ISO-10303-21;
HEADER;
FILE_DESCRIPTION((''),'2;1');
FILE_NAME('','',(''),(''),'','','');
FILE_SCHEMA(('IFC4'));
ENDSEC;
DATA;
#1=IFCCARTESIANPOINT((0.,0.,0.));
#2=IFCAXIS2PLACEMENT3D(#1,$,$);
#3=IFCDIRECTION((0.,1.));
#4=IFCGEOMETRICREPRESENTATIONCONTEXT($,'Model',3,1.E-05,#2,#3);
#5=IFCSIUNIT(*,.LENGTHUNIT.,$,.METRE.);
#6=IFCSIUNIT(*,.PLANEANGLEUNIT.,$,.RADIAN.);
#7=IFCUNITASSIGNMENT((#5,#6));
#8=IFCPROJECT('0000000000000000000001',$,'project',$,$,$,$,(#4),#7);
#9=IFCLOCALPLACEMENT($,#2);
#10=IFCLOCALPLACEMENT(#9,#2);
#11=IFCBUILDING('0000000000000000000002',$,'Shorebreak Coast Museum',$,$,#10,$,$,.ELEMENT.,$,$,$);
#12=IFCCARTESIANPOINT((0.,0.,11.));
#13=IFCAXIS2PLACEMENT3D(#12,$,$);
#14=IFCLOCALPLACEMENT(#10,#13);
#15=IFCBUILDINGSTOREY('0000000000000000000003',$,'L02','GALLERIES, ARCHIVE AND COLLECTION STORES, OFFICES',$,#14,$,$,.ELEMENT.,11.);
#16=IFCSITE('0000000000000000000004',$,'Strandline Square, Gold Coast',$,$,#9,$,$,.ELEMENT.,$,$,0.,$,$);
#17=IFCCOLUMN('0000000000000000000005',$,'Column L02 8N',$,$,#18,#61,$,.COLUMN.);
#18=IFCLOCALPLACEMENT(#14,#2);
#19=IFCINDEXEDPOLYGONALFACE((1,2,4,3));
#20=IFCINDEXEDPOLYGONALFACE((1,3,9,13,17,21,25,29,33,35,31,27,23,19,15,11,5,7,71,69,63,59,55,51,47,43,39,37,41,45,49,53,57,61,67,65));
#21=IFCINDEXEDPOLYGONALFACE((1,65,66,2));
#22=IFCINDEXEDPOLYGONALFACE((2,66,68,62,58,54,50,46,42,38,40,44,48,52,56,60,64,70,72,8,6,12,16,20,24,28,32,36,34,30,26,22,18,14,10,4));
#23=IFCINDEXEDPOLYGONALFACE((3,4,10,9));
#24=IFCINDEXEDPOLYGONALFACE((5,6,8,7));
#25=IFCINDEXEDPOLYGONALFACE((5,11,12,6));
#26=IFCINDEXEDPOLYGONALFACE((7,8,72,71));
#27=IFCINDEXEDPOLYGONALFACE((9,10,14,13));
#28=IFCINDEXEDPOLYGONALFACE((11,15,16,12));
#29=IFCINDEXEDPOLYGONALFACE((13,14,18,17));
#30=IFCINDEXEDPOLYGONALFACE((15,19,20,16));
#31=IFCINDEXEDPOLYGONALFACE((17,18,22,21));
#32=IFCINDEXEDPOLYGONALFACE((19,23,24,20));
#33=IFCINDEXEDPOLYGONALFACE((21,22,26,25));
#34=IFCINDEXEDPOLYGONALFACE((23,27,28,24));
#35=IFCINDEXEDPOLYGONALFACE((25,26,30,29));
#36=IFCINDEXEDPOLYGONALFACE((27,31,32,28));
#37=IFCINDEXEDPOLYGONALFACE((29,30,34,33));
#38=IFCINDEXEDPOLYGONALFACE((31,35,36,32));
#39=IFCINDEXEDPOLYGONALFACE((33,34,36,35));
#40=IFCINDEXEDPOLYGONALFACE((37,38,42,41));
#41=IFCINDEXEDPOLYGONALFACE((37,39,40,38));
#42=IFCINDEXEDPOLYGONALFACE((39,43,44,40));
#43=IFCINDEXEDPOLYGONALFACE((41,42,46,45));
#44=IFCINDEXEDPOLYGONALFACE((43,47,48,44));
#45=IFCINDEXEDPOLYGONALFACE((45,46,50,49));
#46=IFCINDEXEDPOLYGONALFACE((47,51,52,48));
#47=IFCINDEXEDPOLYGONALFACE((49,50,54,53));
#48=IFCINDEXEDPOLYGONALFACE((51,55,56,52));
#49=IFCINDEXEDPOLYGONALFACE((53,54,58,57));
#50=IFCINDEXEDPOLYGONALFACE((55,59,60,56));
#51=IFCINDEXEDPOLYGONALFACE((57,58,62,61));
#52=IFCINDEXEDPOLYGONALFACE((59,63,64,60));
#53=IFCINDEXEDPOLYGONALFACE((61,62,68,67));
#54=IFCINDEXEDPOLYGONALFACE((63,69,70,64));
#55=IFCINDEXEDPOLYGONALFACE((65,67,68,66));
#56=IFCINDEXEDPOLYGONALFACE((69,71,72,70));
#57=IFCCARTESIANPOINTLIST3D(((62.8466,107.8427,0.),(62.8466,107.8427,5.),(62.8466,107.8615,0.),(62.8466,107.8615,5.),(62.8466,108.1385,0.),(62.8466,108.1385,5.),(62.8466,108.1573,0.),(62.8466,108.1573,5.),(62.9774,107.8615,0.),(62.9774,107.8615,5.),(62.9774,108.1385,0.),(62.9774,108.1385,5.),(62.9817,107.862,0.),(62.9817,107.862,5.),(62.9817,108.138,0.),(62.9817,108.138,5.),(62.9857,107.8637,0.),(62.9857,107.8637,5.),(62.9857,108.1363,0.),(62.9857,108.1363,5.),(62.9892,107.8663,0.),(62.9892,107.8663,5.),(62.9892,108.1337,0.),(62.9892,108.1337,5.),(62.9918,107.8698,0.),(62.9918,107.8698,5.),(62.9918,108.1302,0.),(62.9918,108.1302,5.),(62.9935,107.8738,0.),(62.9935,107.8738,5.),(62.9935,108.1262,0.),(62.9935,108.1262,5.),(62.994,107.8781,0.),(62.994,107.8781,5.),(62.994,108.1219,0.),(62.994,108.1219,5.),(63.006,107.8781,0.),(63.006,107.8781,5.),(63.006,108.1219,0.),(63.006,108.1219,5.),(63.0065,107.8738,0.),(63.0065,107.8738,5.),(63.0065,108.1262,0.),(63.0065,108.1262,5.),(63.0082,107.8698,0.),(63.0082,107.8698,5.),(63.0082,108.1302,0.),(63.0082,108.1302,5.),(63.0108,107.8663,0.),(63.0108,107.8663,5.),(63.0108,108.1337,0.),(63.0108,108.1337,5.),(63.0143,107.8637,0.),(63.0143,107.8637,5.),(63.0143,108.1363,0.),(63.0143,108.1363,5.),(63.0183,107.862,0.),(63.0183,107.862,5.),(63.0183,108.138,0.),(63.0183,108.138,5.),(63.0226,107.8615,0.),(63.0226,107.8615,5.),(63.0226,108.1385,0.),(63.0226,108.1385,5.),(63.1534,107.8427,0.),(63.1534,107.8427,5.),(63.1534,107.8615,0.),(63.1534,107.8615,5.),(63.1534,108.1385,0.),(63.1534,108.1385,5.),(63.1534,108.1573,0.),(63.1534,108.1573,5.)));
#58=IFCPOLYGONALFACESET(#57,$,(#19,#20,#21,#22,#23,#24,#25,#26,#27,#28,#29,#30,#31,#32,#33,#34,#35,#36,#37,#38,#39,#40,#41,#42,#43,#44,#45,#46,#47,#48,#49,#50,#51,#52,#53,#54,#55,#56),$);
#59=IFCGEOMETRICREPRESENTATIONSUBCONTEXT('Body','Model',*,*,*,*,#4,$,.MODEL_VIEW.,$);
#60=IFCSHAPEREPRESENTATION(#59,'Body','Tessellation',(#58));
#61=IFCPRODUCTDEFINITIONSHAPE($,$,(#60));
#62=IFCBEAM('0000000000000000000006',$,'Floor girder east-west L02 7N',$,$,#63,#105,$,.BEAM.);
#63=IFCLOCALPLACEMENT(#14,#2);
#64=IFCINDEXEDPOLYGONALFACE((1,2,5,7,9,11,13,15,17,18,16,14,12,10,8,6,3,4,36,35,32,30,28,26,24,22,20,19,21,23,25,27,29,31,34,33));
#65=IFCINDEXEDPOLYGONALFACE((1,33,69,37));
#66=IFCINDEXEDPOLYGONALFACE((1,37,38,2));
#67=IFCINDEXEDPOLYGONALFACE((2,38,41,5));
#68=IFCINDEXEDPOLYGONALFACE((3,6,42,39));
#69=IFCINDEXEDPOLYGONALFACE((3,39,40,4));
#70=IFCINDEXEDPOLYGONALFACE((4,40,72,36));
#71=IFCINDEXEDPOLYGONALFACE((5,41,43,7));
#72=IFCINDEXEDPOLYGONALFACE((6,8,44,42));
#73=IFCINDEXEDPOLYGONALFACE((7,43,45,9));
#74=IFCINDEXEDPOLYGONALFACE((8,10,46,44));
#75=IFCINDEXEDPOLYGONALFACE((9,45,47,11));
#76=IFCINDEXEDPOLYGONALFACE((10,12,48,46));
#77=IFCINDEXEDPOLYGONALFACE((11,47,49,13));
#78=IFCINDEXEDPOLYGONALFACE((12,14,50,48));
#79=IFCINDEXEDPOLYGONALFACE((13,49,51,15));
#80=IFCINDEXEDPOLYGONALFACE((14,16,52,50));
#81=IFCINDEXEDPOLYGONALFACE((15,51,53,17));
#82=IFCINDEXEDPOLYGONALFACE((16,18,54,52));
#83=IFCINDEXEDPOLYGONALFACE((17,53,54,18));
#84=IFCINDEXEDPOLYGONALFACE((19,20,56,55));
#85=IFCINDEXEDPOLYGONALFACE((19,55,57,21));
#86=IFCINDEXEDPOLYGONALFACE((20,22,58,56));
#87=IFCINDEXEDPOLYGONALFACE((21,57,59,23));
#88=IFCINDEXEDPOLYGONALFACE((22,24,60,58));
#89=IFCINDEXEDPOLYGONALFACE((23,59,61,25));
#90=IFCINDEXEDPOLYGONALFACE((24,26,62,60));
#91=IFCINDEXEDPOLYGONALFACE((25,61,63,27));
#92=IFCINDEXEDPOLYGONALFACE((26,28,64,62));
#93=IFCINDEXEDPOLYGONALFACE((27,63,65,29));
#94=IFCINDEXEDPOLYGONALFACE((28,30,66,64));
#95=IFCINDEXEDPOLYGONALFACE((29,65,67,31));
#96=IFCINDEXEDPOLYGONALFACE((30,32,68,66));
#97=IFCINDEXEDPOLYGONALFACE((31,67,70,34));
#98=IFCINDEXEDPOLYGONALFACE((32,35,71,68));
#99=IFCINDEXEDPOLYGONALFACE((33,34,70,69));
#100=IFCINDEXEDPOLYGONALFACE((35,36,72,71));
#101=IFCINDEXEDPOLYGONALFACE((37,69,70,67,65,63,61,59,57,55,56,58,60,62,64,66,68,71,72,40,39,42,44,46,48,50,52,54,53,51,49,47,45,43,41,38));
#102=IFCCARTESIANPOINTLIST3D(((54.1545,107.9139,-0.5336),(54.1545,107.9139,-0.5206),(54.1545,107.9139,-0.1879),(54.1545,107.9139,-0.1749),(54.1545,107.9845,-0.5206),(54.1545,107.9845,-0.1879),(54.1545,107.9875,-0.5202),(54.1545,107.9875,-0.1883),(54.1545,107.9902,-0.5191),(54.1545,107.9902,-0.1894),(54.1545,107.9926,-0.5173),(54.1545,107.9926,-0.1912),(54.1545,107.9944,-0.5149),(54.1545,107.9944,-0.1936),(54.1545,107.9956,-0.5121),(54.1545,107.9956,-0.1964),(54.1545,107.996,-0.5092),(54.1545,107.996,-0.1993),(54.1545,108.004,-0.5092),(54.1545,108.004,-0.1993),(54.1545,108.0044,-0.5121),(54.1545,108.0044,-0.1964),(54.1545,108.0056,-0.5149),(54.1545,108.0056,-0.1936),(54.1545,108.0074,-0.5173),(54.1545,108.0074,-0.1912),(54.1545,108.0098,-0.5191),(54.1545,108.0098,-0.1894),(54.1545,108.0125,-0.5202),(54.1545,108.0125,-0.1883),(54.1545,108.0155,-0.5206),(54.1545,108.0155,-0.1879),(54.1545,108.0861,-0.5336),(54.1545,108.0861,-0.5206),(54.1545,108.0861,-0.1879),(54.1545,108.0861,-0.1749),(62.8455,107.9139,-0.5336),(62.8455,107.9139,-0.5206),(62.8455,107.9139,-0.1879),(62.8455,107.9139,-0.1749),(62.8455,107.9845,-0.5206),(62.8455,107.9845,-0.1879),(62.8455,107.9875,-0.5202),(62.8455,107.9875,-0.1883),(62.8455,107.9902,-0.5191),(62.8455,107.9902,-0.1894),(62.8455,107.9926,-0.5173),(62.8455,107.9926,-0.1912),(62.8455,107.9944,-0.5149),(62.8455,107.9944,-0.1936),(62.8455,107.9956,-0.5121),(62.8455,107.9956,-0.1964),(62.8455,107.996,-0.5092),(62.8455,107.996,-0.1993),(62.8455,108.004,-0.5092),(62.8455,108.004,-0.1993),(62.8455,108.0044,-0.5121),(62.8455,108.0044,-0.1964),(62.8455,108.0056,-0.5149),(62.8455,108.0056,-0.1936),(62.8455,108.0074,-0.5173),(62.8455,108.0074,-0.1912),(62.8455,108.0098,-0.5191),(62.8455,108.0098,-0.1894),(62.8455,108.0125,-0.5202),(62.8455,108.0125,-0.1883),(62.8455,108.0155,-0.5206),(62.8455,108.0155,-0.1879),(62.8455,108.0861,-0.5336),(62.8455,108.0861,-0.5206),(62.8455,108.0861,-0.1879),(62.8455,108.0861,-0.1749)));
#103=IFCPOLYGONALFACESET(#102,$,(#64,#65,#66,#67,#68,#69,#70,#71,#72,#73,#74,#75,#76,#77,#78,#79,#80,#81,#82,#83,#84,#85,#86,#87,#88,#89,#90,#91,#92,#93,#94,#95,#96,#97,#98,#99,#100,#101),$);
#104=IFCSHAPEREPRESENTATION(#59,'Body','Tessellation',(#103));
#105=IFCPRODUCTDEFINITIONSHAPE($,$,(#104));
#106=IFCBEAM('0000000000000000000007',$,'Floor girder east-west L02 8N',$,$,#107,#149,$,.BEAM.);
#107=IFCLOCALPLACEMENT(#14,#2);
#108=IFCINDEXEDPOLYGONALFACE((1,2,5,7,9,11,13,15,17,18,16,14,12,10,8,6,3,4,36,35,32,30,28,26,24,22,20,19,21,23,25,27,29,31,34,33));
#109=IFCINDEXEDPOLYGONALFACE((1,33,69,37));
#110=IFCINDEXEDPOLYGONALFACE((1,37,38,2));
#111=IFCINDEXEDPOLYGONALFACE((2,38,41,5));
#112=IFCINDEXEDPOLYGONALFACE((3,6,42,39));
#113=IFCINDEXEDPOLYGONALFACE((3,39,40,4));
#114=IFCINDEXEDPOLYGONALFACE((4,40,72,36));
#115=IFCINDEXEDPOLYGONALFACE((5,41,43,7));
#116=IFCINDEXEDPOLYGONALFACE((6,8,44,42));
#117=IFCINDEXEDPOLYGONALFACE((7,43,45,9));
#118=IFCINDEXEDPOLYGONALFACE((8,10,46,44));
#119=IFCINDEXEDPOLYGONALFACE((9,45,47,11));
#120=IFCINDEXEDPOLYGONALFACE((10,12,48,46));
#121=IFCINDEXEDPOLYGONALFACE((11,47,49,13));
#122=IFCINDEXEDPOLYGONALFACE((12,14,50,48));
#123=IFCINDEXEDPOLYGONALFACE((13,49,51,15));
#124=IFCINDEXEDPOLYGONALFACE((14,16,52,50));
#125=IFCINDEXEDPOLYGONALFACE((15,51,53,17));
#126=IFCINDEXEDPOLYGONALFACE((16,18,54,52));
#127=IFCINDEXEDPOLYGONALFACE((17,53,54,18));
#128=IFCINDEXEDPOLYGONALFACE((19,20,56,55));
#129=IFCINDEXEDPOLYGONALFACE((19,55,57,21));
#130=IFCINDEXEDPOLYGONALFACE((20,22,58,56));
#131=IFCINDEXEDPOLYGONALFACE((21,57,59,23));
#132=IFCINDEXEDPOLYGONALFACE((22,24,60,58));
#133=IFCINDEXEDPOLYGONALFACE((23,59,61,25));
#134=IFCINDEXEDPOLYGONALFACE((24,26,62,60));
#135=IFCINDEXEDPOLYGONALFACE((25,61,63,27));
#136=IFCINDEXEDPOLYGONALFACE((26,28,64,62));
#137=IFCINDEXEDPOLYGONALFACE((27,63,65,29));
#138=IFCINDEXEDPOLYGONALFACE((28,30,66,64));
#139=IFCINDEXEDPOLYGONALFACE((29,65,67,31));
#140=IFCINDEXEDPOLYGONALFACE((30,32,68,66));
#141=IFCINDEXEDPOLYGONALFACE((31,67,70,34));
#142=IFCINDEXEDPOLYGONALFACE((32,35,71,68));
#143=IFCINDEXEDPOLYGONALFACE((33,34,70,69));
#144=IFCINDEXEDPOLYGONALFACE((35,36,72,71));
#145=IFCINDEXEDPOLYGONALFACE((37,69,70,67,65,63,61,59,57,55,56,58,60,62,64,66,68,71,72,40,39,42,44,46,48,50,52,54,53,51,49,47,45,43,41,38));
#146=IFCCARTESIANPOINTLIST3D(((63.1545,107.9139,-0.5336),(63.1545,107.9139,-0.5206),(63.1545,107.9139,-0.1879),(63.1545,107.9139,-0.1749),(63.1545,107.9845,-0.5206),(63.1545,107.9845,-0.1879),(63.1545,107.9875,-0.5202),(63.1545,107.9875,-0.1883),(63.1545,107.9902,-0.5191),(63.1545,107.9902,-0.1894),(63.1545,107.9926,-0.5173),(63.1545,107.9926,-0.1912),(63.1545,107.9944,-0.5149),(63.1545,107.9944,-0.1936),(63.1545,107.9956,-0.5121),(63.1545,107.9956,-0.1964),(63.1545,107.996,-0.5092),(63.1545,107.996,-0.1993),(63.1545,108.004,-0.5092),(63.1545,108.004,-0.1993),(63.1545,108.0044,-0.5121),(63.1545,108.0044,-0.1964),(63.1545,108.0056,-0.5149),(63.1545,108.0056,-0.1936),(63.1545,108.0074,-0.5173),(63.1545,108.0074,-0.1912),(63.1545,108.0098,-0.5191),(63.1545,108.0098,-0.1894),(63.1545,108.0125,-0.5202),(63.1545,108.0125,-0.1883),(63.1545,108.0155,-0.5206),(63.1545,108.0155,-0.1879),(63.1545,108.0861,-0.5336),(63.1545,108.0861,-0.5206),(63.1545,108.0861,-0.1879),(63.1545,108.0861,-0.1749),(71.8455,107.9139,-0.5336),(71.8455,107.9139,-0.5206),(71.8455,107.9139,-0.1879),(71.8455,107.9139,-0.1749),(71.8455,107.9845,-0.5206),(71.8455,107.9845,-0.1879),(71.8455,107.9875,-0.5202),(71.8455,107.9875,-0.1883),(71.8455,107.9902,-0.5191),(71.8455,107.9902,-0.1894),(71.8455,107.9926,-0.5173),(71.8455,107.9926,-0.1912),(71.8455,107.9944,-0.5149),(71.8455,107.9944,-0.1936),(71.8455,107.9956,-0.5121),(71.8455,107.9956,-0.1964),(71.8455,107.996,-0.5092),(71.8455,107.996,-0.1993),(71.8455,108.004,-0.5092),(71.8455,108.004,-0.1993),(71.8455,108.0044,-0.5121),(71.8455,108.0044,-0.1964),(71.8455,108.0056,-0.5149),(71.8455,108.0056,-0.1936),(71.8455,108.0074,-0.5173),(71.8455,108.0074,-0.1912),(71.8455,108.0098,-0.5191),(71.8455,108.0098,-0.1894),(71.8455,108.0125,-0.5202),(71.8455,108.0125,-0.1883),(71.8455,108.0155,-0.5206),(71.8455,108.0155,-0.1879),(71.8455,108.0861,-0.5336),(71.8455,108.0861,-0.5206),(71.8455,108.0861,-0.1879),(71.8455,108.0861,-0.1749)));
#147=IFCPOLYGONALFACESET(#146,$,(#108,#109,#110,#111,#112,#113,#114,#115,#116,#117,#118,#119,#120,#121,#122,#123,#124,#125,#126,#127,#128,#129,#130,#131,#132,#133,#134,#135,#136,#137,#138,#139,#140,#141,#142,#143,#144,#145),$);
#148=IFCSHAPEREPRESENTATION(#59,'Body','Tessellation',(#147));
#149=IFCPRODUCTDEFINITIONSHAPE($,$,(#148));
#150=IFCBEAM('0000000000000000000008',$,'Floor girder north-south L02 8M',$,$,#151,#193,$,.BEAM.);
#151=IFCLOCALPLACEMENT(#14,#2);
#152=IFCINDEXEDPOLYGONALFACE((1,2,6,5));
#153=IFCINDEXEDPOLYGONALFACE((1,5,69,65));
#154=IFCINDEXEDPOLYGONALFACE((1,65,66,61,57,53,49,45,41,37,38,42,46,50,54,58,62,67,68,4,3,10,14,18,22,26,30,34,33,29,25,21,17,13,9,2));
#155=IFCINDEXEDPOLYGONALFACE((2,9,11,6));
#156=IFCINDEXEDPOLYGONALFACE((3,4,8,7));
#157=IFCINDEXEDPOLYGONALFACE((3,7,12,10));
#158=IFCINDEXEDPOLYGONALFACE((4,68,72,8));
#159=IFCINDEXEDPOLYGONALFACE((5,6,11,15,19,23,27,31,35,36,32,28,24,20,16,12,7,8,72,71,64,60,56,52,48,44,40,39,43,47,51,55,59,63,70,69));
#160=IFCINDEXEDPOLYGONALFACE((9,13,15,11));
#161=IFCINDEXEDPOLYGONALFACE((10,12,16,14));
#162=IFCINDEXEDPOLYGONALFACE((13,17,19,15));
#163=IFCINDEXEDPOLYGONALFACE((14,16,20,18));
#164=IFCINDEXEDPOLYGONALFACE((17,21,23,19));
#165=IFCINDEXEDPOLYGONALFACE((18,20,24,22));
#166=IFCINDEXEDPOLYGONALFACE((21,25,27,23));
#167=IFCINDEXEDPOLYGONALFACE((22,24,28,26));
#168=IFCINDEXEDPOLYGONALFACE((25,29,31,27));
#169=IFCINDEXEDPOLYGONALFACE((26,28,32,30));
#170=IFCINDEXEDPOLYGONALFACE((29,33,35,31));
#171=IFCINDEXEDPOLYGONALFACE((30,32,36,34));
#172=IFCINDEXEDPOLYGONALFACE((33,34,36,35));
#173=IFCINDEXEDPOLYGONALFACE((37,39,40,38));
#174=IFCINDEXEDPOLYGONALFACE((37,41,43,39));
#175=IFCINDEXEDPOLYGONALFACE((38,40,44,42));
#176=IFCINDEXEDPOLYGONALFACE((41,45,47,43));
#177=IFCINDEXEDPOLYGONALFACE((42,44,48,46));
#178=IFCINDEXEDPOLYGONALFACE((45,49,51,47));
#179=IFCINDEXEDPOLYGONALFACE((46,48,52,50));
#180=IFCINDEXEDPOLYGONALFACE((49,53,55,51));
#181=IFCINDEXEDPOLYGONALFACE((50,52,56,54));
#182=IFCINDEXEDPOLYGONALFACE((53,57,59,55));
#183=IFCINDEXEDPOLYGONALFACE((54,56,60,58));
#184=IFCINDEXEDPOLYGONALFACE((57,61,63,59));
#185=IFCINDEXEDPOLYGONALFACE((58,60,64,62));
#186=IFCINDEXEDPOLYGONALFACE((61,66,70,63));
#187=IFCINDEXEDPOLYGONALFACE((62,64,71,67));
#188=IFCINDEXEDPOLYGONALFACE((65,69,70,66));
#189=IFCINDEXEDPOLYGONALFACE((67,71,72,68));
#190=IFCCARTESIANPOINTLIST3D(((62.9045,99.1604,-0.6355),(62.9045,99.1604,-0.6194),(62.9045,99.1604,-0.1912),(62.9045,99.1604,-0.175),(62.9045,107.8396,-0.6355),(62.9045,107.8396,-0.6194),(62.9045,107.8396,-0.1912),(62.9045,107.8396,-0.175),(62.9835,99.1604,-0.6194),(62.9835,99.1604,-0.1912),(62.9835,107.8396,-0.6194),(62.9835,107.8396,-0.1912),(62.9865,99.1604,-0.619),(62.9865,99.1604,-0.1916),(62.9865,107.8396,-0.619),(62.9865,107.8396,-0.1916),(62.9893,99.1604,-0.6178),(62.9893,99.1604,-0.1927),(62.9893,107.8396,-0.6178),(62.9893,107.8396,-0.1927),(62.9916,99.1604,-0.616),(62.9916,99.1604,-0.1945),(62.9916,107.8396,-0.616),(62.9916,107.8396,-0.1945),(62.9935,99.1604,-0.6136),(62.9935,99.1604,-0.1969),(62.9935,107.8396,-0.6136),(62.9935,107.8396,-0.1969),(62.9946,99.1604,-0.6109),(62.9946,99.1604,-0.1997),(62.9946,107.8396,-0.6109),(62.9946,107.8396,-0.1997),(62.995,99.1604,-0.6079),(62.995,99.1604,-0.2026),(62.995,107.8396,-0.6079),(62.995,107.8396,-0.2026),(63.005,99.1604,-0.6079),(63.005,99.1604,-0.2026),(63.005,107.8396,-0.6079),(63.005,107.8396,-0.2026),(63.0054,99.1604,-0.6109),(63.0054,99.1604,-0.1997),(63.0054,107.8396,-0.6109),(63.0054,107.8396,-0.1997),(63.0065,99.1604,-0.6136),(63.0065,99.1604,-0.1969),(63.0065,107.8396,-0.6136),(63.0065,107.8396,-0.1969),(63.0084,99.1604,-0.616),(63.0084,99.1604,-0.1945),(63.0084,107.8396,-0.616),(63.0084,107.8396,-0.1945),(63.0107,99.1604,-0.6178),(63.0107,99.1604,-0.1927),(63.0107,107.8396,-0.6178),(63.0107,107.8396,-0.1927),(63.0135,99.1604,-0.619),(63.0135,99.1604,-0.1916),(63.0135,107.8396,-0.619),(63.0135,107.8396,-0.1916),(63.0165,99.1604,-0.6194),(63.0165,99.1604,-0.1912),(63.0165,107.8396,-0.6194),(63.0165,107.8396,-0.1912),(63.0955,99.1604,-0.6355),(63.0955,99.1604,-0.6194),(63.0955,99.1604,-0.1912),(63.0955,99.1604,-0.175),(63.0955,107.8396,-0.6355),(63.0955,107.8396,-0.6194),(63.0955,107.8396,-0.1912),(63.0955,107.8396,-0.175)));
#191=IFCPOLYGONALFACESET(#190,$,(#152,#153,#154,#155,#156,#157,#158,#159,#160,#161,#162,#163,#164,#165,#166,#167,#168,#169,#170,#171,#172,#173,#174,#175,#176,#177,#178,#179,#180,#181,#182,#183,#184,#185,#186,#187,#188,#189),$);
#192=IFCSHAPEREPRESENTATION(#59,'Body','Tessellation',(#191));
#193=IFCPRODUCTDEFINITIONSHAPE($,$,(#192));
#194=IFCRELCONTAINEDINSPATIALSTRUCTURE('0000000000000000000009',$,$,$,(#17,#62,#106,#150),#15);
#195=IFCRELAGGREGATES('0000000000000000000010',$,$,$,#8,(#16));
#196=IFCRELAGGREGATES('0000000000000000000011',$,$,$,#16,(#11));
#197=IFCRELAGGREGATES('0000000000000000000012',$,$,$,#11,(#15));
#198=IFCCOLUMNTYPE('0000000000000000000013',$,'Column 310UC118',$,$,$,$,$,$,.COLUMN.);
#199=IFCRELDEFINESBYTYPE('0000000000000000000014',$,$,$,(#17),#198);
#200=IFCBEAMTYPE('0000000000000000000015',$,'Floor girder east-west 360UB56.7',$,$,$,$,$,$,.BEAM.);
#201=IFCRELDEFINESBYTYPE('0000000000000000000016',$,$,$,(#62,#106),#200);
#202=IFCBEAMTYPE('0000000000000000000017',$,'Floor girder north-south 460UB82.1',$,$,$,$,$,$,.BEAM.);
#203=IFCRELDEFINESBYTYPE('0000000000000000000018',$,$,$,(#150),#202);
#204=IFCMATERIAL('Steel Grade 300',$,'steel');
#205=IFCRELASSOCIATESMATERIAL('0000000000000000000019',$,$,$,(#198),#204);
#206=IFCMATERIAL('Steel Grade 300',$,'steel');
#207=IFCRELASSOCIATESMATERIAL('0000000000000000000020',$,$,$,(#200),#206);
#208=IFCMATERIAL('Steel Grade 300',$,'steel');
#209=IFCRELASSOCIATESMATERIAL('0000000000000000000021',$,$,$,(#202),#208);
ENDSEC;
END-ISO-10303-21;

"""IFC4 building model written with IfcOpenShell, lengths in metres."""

from ifc_helpers import new_model, si_unit, direction, frame, origin, origin_2d, place, context, subcontext, project, spatial, i_section, extrude, material, material_profile, profile_set, type_object, element, save


model = new_model("IFC4")

# Units and contexts
model_context = context("Model", 3, precision=1e-05, world=origin(), true_north=direction((0.0, 1.0)))
body_context = subcontext(model_context, "Body", "Model", "MODEL_VIEW")
ifc_project = project(units=[si_unit("LENGTHUNIT", "METRE"), si_unit("PLANEANGLEUNIT", "RADIAN")], contexts=[model_context])

# Site, building, storey
site_placement = place(None, origin())
site = spatial("IfcSite", under=ifc_project, at=site_placement, Name="Strandline Square, Gold Coast", CompositionType="ELEMENT", RefElevation=0.0)
building_placement = place(site_placement, origin())
building = spatial("IfcBuilding", under=site, at=building_placement, Name="Shorebreak Coast Museum", CompositionType="ELEMENT")
storey_placement = place(building_placement, frame((0.0, 0.0, 11.0)))
storey = spatial("IfcBuildingStorey", under=building, at=storey_placement, Name="L02", Description="GALLERIES, ARCHIVE AND COLLECTION STORES, OFFICES", CompositionType="ELEMENT", Elevation=11.0)

# Column
ifc_material_1 = material(Name="Steel Grade 300", Category="steel")
ifc_material_profile_1 = material_profile(ifc_material_1, i_section(OverallWidth=0.3069, OverallDepth=0.3147, WebThickness=0.012, FlangeThickness=0.0188, FilletRadius=0.0166, at=origin_2d()), Name="310UC118")
ifc_profile_set_1 = profile_set([ifc_material_profile_1], Name="Steel Grade 300")
column_type = type_object("IfcColumnType", Name="Column 310UC118", PredefinedType="COLUMN", material=ifc_profile_set_1)
column_placement = place(storey_placement, frame((63.0, 108.0, 0.0), z_axis=(0.0, 0.0, 1.0), x_axis=(1.0, 0.0, 0.0)))
element("IfcColumn", 1, at=column_placement, inside=storey, type_object=column_type, Name="Column L02 8N", PredefinedType="COLUMN", context=body_context, shape_type="SweptSolid", body=[
    extrude(i_section(OverallWidth=0.3069, OverallDepth=0.3147, WebThickness=0.012, FlangeThickness=0.0188, FilletRadius=0.0166, at=origin_2d()), origin(), (0.0, 0.0, 1.0), 5.0),
])

# Beams
ifc_material_2 = material(Name="Steel Grade 300", Category="steel")
ifc_material_profile_2 = material_profile(ifc_material_2, i_section(OverallWidth=0.1721, OverallDepth=0.3586, WebThickness=0.0081, FlangeThickness=0.0129, FilletRadius=0.0115, at=origin_2d()), Name="360UB56.7")
ifc_profile_set_2 = profile_set([ifc_material_profile_2], Name="Steel Grade 300")
beam_type_1 = type_object("IfcBeamType", Name="Floor girder east-west 360UB56.7", PredefinedType="BEAM", material=ifc_profile_set_2)
for number, where, z_axis, x_axis, name in (
    (2, (54.1545, 108.0, -0.3542), (1.0, 0.0, 0.0), (0.0, 1.0, 0.0), "Floor girder east-west L02 7N"),
    (3, (63.1545, 108.0, -0.3542), (1.0, 0.0, 0.0), (0.0, 1.0, 0.0), "Floor girder east-west L02 8N"),
):
    element("IfcBeam", number, at=place(storey_placement, frame(where, z_axis=z_axis, x_axis=x_axis)), inside=storey, type_object=beam_type_1, Name=name, PredefinedType="BEAM", context=body_context, shape_type="SweptSolid", body=[
        extrude(i_section(OverallWidth=0.1721, OverallDepth=0.3586, WebThickness=0.0081, FlangeThickness=0.0129, FilletRadius=0.0115, at=origin_2d()), origin(), (0.0, 0.0, 1.0), 8.6909),
    ])
ifc_material_3 = material(Name="Steel Grade 300", Category="steel")
ifc_material_profile_3 = material_profile(ifc_material_3, i_section(OverallWidth=0.1909, OverallDepth=0.4604, WebThickness=0.01, FlangeThickness=0.0161, FilletRadius=0.0115, at=origin_2d()), Name="460UB82.1")
ifc_profile_set_3 = profile_set([ifc_material_profile_3], Name="Steel Grade 300")
beam_type_2 = type_object("IfcBeamType", Name="Floor girder north-south 460UB82.1", PredefinedType="BEAM", material=ifc_profile_set_3)
beam_placement = place(storey_placement, frame((63.0, 99.1604, -0.4053), z_axis=(0.0, 1.0, 0.0), x_axis=(-1.0, 0.0, 0.0)))
element("IfcBeam", 4, at=beam_placement, inside=storey, type_object=beam_type_2, Name="Floor girder north-south L02 8M", PredefinedType="BEAM", context=body_context, shape_type="SweptSolid", body=[
    extrude(i_section(OverallWidth=0.1909, OverallDepth=0.4604, WebThickness=0.01, FlangeThickness=0.0161, FilletRadius=0.0115, at=origin_2d()), origin(), (0.0, 0.0, 1.0), 8.6792),
])

save(model, "model.ifc")
